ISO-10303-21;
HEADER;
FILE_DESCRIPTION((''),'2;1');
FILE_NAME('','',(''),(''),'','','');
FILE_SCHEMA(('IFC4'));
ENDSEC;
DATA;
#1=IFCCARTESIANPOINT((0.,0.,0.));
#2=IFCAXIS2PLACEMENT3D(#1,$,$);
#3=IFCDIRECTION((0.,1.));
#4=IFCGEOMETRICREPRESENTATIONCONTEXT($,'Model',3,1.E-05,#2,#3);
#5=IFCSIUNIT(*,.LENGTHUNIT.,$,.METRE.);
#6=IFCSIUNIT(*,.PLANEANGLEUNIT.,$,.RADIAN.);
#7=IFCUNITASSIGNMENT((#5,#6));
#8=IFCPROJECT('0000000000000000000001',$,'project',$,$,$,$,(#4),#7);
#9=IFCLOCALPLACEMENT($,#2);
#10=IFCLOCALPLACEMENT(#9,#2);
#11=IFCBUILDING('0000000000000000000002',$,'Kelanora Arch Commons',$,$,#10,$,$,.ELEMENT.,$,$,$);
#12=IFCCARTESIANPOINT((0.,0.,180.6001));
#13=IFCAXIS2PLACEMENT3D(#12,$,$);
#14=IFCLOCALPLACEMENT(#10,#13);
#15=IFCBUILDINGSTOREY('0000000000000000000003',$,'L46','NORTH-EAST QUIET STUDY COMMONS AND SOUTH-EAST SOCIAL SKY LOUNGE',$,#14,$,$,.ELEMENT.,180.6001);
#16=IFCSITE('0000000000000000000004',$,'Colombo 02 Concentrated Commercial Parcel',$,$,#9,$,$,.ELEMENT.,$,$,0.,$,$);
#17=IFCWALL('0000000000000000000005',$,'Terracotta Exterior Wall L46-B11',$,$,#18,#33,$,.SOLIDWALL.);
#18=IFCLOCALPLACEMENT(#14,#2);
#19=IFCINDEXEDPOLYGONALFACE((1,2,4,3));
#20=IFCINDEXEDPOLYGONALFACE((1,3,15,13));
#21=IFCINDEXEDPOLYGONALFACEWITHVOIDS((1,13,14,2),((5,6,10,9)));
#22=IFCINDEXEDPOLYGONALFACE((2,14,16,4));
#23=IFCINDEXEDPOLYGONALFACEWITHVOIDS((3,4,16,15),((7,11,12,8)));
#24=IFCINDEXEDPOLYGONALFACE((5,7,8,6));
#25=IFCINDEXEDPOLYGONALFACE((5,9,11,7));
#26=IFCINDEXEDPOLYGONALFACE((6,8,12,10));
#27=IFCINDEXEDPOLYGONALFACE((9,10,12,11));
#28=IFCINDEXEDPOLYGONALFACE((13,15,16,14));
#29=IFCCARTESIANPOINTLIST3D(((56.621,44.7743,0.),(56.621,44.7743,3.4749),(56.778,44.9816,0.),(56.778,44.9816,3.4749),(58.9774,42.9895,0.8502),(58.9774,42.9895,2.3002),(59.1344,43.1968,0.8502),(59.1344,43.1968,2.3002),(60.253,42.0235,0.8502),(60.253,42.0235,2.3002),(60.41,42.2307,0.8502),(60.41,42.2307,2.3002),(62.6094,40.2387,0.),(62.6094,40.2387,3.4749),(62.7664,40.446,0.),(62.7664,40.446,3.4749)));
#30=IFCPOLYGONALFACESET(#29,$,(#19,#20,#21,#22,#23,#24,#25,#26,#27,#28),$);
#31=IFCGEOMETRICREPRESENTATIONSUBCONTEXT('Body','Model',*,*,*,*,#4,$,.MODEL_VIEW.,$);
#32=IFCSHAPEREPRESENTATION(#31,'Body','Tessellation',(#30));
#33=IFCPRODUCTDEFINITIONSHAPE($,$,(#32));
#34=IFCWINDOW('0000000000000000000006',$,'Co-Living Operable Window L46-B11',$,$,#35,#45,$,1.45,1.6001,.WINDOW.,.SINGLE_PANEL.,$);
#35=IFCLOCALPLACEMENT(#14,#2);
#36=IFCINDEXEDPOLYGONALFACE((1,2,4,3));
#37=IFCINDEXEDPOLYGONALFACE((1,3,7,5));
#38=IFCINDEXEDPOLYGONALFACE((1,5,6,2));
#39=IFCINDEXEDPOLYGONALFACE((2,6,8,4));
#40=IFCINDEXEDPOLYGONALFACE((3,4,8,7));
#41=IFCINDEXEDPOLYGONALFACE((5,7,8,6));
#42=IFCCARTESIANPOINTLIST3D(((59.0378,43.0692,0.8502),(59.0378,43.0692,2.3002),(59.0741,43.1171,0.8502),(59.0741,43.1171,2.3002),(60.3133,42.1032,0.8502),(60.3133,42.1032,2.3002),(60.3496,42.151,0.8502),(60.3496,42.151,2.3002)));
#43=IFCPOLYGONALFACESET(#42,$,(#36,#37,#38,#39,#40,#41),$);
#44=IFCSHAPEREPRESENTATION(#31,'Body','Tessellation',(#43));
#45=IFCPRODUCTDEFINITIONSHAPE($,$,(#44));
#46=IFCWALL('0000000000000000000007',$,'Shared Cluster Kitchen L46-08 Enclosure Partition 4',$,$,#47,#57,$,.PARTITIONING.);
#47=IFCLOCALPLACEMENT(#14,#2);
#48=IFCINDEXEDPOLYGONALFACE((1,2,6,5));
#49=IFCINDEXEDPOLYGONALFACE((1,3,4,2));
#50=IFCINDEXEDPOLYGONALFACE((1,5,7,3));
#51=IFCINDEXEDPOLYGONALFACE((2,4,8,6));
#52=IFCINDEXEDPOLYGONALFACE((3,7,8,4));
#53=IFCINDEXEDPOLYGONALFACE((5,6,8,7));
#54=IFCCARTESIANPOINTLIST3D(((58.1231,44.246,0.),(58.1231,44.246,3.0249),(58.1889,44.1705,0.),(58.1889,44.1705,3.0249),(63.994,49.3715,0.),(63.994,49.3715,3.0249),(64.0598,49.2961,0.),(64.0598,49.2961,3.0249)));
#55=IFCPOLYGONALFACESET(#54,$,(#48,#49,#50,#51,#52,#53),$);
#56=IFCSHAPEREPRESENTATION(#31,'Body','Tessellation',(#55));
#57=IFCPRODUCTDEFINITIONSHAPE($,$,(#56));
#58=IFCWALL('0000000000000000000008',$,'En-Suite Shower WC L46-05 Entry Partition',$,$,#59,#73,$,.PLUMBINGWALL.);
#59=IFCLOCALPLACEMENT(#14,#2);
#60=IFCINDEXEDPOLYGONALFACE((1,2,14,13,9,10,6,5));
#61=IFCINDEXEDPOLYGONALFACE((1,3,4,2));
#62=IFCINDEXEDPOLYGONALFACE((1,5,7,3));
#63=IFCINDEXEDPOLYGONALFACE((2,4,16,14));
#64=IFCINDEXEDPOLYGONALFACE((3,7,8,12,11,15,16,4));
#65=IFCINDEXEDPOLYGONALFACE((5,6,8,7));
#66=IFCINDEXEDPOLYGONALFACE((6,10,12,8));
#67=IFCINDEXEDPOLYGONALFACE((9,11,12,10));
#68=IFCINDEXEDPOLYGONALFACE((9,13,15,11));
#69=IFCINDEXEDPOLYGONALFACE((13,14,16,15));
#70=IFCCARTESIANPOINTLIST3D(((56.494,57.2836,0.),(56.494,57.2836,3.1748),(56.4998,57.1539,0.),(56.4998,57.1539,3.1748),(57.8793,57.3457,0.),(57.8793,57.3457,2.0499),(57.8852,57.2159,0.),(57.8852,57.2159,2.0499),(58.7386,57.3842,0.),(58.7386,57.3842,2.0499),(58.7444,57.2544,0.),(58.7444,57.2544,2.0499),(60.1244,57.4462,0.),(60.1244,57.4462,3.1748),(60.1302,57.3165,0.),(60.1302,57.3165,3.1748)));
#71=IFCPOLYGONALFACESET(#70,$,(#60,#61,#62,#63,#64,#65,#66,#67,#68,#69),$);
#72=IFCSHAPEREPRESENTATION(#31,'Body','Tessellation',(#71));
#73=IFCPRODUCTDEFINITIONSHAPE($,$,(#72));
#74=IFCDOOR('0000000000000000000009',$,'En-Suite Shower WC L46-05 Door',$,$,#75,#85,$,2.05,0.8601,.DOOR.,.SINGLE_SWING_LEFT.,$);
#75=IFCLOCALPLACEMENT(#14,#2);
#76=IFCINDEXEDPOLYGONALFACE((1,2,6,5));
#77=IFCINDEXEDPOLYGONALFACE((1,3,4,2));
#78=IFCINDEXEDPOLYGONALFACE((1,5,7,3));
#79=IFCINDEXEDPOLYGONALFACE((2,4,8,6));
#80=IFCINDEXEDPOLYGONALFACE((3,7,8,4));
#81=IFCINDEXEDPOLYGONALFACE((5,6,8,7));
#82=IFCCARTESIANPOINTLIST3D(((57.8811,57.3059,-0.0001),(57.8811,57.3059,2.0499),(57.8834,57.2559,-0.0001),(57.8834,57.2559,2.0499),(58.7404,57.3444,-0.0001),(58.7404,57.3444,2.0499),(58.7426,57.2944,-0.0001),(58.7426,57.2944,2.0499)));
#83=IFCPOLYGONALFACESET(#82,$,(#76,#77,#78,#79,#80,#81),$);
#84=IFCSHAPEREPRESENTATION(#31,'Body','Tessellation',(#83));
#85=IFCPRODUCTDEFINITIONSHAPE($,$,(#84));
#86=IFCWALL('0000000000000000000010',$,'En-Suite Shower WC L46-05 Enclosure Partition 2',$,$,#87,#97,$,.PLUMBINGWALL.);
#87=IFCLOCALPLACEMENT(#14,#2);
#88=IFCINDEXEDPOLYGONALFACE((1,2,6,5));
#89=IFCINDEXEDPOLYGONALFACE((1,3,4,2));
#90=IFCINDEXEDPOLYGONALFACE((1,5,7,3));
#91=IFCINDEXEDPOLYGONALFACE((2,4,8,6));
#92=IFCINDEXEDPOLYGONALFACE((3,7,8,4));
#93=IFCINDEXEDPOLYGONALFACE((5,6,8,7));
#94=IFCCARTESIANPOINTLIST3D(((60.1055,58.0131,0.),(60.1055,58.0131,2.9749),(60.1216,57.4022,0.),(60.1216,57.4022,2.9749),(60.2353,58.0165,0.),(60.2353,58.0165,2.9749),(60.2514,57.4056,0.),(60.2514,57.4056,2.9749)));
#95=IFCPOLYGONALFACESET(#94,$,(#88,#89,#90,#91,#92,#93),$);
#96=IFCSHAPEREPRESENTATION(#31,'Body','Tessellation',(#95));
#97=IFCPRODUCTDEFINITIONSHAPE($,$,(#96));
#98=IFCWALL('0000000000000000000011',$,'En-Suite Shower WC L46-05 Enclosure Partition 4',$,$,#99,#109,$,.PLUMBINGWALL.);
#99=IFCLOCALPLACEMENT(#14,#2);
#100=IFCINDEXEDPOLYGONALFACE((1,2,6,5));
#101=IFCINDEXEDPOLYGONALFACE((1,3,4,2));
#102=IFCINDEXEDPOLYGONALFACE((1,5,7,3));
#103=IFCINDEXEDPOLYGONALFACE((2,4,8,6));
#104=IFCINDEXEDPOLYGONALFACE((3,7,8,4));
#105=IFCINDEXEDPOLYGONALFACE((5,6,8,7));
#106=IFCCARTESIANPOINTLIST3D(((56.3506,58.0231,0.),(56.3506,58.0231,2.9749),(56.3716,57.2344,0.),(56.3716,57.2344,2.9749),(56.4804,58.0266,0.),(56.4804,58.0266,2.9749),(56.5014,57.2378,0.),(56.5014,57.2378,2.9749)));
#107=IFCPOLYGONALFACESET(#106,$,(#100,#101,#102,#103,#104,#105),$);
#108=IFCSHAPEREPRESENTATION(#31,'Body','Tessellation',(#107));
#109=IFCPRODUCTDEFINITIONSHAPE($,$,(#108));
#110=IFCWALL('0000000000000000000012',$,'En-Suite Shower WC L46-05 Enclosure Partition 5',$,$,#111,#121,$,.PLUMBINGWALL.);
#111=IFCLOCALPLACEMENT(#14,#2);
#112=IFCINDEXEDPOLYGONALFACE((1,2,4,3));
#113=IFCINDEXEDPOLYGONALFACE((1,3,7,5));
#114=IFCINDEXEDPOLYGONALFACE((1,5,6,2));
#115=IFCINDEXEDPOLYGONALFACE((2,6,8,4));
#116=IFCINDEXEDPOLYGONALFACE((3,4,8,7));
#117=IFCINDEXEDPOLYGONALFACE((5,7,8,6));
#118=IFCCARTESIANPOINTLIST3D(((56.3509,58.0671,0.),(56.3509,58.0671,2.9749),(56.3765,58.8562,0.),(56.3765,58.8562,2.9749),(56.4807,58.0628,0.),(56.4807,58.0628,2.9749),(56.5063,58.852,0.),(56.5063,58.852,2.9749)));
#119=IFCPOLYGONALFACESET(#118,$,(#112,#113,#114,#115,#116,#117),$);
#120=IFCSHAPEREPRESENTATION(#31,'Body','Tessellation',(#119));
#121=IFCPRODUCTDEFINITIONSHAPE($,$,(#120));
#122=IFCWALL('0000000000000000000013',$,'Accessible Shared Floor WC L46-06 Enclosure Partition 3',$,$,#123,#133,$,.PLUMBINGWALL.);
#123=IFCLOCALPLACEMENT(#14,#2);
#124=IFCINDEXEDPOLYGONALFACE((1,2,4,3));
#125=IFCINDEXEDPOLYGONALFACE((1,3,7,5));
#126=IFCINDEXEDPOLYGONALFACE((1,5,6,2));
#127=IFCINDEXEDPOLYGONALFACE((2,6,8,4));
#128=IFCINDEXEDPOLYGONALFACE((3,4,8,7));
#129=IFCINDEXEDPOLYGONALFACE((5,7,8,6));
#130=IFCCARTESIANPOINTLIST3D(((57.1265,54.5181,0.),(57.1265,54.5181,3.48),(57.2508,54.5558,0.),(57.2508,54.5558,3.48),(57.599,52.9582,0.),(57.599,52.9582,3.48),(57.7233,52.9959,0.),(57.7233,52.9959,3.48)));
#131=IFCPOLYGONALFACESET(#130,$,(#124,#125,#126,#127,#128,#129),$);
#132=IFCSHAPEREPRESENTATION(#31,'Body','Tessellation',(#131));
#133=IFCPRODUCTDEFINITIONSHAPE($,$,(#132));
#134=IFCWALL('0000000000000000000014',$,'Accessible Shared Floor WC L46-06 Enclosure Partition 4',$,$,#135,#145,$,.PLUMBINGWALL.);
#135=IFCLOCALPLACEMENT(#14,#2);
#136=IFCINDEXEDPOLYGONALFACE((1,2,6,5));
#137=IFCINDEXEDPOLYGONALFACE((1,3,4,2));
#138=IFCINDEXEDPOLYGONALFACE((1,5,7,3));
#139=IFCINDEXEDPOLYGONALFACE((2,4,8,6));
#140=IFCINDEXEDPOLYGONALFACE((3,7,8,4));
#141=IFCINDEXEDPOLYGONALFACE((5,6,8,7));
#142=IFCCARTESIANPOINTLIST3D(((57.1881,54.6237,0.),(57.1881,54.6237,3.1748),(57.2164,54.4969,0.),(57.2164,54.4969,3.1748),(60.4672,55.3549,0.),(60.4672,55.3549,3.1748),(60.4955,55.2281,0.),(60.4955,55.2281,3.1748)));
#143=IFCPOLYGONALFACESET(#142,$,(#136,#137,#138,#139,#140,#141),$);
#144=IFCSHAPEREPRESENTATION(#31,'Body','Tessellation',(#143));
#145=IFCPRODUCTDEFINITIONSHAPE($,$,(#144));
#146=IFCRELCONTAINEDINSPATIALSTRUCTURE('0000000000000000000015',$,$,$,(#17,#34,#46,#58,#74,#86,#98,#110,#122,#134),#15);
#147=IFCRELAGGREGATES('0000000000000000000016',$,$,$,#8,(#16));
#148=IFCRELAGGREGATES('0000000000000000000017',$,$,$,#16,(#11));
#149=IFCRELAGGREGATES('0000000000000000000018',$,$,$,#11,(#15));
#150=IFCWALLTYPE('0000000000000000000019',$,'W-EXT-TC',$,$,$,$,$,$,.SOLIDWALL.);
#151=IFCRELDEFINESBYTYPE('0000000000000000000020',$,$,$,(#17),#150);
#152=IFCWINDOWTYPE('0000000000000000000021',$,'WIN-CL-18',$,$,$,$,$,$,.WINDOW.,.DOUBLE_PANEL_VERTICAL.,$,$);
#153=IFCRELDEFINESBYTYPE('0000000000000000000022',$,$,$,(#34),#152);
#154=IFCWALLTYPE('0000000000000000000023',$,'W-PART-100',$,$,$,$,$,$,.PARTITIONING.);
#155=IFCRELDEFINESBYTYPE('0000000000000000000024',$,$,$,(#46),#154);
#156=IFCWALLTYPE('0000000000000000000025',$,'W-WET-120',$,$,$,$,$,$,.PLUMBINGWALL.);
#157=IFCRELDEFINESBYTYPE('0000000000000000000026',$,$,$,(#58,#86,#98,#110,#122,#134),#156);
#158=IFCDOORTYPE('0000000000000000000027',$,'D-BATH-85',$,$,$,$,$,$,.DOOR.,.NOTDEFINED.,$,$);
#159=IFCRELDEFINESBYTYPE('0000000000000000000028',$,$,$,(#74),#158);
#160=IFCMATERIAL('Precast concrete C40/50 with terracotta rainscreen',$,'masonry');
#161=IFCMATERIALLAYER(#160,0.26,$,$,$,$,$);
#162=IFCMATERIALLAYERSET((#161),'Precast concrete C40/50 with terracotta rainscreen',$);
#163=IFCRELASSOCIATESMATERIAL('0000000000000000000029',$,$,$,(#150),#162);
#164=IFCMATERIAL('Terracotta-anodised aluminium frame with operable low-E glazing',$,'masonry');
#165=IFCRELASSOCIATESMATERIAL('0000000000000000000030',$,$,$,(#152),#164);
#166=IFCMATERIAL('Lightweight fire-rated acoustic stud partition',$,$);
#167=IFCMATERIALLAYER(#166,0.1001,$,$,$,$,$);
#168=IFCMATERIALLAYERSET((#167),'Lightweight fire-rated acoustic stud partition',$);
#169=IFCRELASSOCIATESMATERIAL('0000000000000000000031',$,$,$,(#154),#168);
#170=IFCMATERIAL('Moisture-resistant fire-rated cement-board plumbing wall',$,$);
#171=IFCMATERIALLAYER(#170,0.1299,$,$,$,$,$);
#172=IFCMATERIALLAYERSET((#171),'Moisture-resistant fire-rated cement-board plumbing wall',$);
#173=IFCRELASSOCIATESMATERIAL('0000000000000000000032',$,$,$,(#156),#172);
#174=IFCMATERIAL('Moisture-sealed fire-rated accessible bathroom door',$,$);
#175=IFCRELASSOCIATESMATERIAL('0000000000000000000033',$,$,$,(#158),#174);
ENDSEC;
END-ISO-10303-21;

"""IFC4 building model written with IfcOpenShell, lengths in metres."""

from ifc_helpers import new_model, si_unit, direction, frame, frame_2d, origin, place, context, subcontext, project, spatial, rectangle, extrude, material, layer, layer_set, type_object, element, fill, save


model = new_model("IFC4")

# Units and contexts
model_context = context("Model", 3, precision=1e-05, world=origin(), true_north=direction((0.0, 1.0)))
body_context = subcontext(model_context, "Body", "Model", "MODEL_VIEW")
ifc_project = project(units=[si_unit("LENGTHUNIT", "METRE"), si_unit("PLANEANGLEUNIT", "RADIAN")], contexts=[model_context])

# Site, building, storey
site_placement = place(None, origin())
site = spatial("IfcSite", under=ifc_project, at=site_placement, Name="Colombo 02 Concentrated Commercial Parcel", CompositionType="ELEMENT", RefElevation=0.0)
building_placement = place(site_placement, origin())
building = spatial("IfcBuilding", under=site, at=building_placement, Name="Kelanora Arch Commons", CompositionType="ELEMENT")
storey_placement = place(building_placement, frame((0.0, 0.0, 180.6001)))
storey = spatial("IfcBuildingStorey", under=building, at=storey_placement, Name="L46", Description="NORTH-EAST QUIET STUDY COMMONS AND SOUTH-EAST SOCIAL SKY LOUNGE", CompositionType="ELEMENT", Elevation=180.6001)

# Wall, opening, window
ifc_material_1 = material(Name="Precast concrete C40/50 with terracotta rainscreen", Category="masonry")
ifc_layer_1 = layer(ifc_material_1, 0.26)
ifc_layer_set_1 = layer_set([ifc_layer_1], Name="Precast concrete C40/50 with terracotta rainscreen")
wall_type_1 = type_object("IfcWallType", Name="W-EXT-TC", PredefinedType="SOLIDWALL", material=ifc_layer_set_1)
wall_1_placement = place(storey_placement, frame((56.6995, 44.8779, 0.0), z_axis=(0.0, 0.0, 1.0), x_axis=(0.797164, -0.603763, 0.0)))
wall_1 = element("IfcWall", 1, at=wall_1_placement, inside=storey, type_object=wall_type_1, Name="Terracotta Exterior Wall L46-B11", PredefinedType="SOLIDWALL", context=body_context, shape_type="SweptSolid", body=[
    extrude(rectangle(XDim=7.5122, YDim=0.26, at=frame_2d((3.7561, 0.0))), origin(), (0.0, 0.0, 1.0), 3.4749),
])
opening_1_placement = place(wall_1_placement, frame((2.9561, 0.0, 0.8501)))
opening_1 = element("IfcOpeningElement", 2, at=opening_1_placement, cuts=wall_1, PredefinedType="OPENING", context=body_context, shape_type="SweptSolid", body=[
    extrude(rectangle(XDim=1.6001, YDim=1.45, at=frame_2d((0.8, 0.7251))), frame((0.0, 0.1401, 0.0), z_axis=(0.0, -1.0, 0.0), x_axis=(1.0, 0.0, 0.0)), (0.0, 0.0, 1.0), 0.28),
])
ifc_material_2 = material(Name="Terracotta-anodised aluminium frame with operable low-E glazing", Category="masonry")
window_type = type_object("IfcWindowType", Name="WIN-CL-18", PartitioningType="DOUBLE_PANEL_VERTICAL", PredefinedType="WINDOW", material=ifc_material_2)
window_placement = place(opening_1_placement, origin())
window = element("IfcWindow", 3, at=window_placement, inside=storey, type_object=window_type, Name="Co-Living Operable Window L46-B11", OverallHeight=1.45, OverallWidth=1.6001, PartitioningType="SINGLE_PANEL", PredefinedType="WINDOW", context=body_context, shape_type="SweptSolid", body=[
    extrude(rectangle(XDim=1.6001, YDim=1.45, at=frame_2d((0.8, 0.7251))), frame((0.0, 0.03, 0.0), z_axis=(0.0, -1.0, 0.0), x_axis=(1.0, 0.0, 0.0)), (0.0, 0.0, 1.0), 0.0601),
])
fill(opening_1, window)

# Wall
ifc_material_3 = material(Name="Lightweight fire-rated acoustic stud partition")
ifc_layer_2 = layer(ifc_material_3, 0.1001)
ifc_layer_set_2 = layer_set([ifc_layer_2], Name="Lightweight fire-rated acoustic stud partition")
wall_type_2 = type_object("IfcWallType", Name="W-PART-100", PredefinedType="PARTITIONING", material=ifc_layer_set_2)
wall_2_placement = place(storey_placement, frame((58.156, 44.2083, 0.0), z_axis=(0.0, 0.0, 1.0), x_axis=(0.753308, 0.657668, 0.0)))
element("IfcWall", 4, at=wall_2_placement, inside=storey, type_object=wall_type_2, Name="Shared Cluster Kitchen L46-08 Enclosure Partition 4", PredefinedType="PARTITIONING", context=body_context, shape_type="SweptSolid", body=[
    extrude(rectangle(XDim=7.7935, YDim=0.1001, at=frame_2d((3.8967, 0.0))), origin(), (0.0, 0.0, 1.0), 3.0249),
])

# Wall, opening, door
ifc_material_4 = material(Name="Moisture-resistant fire-rated cement-board plumbing wall")
ifc_layer_3 = layer(ifc_material_4, 0.1299)
ifc_layer_set_3 = layer_set([ifc_layer_3], Name="Moisture-resistant fire-rated cement-board plumbing wall")
wall_type_3 = type_object("IfcWallType", Name="W-WET-120", PredefinedType="PLUMBINGWALL", material=ifc_layer_set_3)
wall_3_placement = place(storey_placement, frame((60.1272, 57.3813, 0.0), z_axis=(0.0, 0.0, 1.0), x_axis=(-0.998999, -0.044743, 0.0)))
wall_3 = element("IfcWall", 5, at=wall_3_placement, inside=storey, type_object=wall_type_3, Name="En-Suite Shower WC L46-05 Entry Partition", PredefinedType="PLUMBINGWALL", context=body_context, shape_type="SweptSolid", body=[
    extrude(rectangle(XDim=3.634, YDim=0.1299, at=frame_2d((1.8169, 0.0))), origin(), (0.0, 0.0, 1.0), 3.1748),
])
opening_2_placement = place(wall_3_placement, frame((1.387, 0.0, 0.0)))
opening_2 = element("IfcOpeningElement", 6, at=opening_2_placement, cuts=wall_3, PredefinedType="OPENING", context=body_context, shape_type="SweptSolid", body=[
    extrude(rectangle(XDim=0.8601, YDim=2.05, at=frame_2d((0.4302, 1.0249))), frame((0.0, 0.075, 0.0), z_axis=(0.0, -1.0, 0.0), x_axis=(1.0, 0.0, 0.0)), (0.0, 0.0, 1.0), 0.1499),
])
ifc_material_5 = material(Name="Moisture-sealed fire-rated accessible bathroom door")
door_type = type_object("IfcDoorType", Name="D-BATH-85", OperationType="NOTDEFINED", PredefinedType="DOOR", material=ifc_material_5)
door_placement = place(opening_2_placement, origin())
door = element("IfcDoor", 7, at=door_placement, inside=storey, type_object=door_type, Name="En-Suite Shower WC L46-05 Door", OperationType="SINGLE_SWING_LEFT", OverallHeight=2.05, OverallWidth=0.8601, PredefinedType="DOOR", context=body_context, shape_type="SweptSolid", body=[
    extrude(rectangle(XDim=0.8601, YDim=2.05, at=frame_2d((0.4302, 1.0249))), frame((0.0, 0.0249, 0.0), z_axis=(0.0, -1.0, 0.0), x_axis=(1.0, 0.0, 0.0)), (0.0, 0.0, 1.0), 0.05),
])
fill(opening_2, door)

# Walls
wall_4_placement = place(storey_placement, frame((60.1704, 58.0149, 0.0), z_axis=(0.0, 0.0, 1.0), x_axis=(0.02637, -0.999652, 0.0)))
element("IfcWall", 8, at=wall_4_placement, inside=storey, type_object=wall_type_3, Name="En-Suite Shower WC L46-05 Enclosure Partition 2", PredefinedType="PLUMBINGWALL", context=body_context, shape_type="SweptSolid", body=[
    extrude(rectangle(XDim=0.6111, YDim=0.1299, at=frame_2d((0.3057, 0.0))), origin(), (0.0, 0.0, 1.0), 2.9749),
])
wall_5_placement = place(storey_placement, frame((56.4365, 57.2361, 0.0), z_axis=(0.0, 0.0, 1.0), x_axis=(-0.026608, 0.999646, 0.0)))
element("IfcWall", 9, at=wall_5_placement, inside=storey, type_object=wall_type_3, Name="En-Suite Shower WC L46-05 Enclosure Partition 4", PredefinedType="PLUMBINGWALL", context=body_context, shape_type="SweptSolid", body=[
    extrude(rectangle(XDim=0.7891, YDim=0.1299, at=frame_2d((0.3945, 0.0))), origin(), (0.0, 0.0, 1.0), 2.9749),
])
wall_6_placement = place(storey_placement, frame((56.4158, 58.0649, 0.0), z_axis=(0.0, 0.0, 1.0), x_axis=(0.03247, 0.999473, 0.0)))
element("IfcWall", 10, at=wall_6_placement, inside=storey, type_object=wall_type_3, Name="En-Suite Shower WC L46-05 Enclosure Partition 5", PredefinedType="PLUMBINGWALL", context=body_context, shape_type="SweptSolid", body=[
    extrude(rectangle(XDim=0.7896, YDim=0.1299, at=frame_2d((0.3948, 0.0))), origin(), (0.0, 0.0, 1.0), 2.9749),
])
wall_7_placement = place(storey_placement, frame((57.6611, 52.9771, 0.0), z_axis=(0.0, 0.0, 1.0), x_axis=(-0.289862, 0.957068, 0.0)))
element("IfcWall", 11, at=wall_7_placement, inside=storey, type_object=wall_type_3, Name="Accessible Shared Floor WC L46-06 Enclosure Partition 3", PredefinedType="PLUMBINGWALL", context=body_context, shape_type="SweptSolid", body=[
    extrude(rectangle(XDim=1.6299, YDim=0.1299, at=frame_2d((0.8149, 0.0))), origin(), (0.0, 0.0, 1.0), 3.48),
])
wall_8_placement = place(storey_placement, frame((57.2024, 54.5603, 0.0), z_axis=(0.0, 0.0, 1.0), x_axis=(0.976028, 0.217646, 0.0)))
element("IfcWall", 12, at=wall_8_placement, inside=storey, type_object=wall_type_3, Name="Accessible Shared Floor WC L46-06 Enclosure Partition 4", PredefinedType="PLUMBINGWALL", context=body_context, shape_type="SweptSolid", body=[
    extrude(rectangle(XDim=3.3596, YDim=0.1299, at=frame_2d((1.6797, 0.0))), origin(), (0.0, 0.0, 1.0), 3.1748),
])

save(model, "model.ifc")
